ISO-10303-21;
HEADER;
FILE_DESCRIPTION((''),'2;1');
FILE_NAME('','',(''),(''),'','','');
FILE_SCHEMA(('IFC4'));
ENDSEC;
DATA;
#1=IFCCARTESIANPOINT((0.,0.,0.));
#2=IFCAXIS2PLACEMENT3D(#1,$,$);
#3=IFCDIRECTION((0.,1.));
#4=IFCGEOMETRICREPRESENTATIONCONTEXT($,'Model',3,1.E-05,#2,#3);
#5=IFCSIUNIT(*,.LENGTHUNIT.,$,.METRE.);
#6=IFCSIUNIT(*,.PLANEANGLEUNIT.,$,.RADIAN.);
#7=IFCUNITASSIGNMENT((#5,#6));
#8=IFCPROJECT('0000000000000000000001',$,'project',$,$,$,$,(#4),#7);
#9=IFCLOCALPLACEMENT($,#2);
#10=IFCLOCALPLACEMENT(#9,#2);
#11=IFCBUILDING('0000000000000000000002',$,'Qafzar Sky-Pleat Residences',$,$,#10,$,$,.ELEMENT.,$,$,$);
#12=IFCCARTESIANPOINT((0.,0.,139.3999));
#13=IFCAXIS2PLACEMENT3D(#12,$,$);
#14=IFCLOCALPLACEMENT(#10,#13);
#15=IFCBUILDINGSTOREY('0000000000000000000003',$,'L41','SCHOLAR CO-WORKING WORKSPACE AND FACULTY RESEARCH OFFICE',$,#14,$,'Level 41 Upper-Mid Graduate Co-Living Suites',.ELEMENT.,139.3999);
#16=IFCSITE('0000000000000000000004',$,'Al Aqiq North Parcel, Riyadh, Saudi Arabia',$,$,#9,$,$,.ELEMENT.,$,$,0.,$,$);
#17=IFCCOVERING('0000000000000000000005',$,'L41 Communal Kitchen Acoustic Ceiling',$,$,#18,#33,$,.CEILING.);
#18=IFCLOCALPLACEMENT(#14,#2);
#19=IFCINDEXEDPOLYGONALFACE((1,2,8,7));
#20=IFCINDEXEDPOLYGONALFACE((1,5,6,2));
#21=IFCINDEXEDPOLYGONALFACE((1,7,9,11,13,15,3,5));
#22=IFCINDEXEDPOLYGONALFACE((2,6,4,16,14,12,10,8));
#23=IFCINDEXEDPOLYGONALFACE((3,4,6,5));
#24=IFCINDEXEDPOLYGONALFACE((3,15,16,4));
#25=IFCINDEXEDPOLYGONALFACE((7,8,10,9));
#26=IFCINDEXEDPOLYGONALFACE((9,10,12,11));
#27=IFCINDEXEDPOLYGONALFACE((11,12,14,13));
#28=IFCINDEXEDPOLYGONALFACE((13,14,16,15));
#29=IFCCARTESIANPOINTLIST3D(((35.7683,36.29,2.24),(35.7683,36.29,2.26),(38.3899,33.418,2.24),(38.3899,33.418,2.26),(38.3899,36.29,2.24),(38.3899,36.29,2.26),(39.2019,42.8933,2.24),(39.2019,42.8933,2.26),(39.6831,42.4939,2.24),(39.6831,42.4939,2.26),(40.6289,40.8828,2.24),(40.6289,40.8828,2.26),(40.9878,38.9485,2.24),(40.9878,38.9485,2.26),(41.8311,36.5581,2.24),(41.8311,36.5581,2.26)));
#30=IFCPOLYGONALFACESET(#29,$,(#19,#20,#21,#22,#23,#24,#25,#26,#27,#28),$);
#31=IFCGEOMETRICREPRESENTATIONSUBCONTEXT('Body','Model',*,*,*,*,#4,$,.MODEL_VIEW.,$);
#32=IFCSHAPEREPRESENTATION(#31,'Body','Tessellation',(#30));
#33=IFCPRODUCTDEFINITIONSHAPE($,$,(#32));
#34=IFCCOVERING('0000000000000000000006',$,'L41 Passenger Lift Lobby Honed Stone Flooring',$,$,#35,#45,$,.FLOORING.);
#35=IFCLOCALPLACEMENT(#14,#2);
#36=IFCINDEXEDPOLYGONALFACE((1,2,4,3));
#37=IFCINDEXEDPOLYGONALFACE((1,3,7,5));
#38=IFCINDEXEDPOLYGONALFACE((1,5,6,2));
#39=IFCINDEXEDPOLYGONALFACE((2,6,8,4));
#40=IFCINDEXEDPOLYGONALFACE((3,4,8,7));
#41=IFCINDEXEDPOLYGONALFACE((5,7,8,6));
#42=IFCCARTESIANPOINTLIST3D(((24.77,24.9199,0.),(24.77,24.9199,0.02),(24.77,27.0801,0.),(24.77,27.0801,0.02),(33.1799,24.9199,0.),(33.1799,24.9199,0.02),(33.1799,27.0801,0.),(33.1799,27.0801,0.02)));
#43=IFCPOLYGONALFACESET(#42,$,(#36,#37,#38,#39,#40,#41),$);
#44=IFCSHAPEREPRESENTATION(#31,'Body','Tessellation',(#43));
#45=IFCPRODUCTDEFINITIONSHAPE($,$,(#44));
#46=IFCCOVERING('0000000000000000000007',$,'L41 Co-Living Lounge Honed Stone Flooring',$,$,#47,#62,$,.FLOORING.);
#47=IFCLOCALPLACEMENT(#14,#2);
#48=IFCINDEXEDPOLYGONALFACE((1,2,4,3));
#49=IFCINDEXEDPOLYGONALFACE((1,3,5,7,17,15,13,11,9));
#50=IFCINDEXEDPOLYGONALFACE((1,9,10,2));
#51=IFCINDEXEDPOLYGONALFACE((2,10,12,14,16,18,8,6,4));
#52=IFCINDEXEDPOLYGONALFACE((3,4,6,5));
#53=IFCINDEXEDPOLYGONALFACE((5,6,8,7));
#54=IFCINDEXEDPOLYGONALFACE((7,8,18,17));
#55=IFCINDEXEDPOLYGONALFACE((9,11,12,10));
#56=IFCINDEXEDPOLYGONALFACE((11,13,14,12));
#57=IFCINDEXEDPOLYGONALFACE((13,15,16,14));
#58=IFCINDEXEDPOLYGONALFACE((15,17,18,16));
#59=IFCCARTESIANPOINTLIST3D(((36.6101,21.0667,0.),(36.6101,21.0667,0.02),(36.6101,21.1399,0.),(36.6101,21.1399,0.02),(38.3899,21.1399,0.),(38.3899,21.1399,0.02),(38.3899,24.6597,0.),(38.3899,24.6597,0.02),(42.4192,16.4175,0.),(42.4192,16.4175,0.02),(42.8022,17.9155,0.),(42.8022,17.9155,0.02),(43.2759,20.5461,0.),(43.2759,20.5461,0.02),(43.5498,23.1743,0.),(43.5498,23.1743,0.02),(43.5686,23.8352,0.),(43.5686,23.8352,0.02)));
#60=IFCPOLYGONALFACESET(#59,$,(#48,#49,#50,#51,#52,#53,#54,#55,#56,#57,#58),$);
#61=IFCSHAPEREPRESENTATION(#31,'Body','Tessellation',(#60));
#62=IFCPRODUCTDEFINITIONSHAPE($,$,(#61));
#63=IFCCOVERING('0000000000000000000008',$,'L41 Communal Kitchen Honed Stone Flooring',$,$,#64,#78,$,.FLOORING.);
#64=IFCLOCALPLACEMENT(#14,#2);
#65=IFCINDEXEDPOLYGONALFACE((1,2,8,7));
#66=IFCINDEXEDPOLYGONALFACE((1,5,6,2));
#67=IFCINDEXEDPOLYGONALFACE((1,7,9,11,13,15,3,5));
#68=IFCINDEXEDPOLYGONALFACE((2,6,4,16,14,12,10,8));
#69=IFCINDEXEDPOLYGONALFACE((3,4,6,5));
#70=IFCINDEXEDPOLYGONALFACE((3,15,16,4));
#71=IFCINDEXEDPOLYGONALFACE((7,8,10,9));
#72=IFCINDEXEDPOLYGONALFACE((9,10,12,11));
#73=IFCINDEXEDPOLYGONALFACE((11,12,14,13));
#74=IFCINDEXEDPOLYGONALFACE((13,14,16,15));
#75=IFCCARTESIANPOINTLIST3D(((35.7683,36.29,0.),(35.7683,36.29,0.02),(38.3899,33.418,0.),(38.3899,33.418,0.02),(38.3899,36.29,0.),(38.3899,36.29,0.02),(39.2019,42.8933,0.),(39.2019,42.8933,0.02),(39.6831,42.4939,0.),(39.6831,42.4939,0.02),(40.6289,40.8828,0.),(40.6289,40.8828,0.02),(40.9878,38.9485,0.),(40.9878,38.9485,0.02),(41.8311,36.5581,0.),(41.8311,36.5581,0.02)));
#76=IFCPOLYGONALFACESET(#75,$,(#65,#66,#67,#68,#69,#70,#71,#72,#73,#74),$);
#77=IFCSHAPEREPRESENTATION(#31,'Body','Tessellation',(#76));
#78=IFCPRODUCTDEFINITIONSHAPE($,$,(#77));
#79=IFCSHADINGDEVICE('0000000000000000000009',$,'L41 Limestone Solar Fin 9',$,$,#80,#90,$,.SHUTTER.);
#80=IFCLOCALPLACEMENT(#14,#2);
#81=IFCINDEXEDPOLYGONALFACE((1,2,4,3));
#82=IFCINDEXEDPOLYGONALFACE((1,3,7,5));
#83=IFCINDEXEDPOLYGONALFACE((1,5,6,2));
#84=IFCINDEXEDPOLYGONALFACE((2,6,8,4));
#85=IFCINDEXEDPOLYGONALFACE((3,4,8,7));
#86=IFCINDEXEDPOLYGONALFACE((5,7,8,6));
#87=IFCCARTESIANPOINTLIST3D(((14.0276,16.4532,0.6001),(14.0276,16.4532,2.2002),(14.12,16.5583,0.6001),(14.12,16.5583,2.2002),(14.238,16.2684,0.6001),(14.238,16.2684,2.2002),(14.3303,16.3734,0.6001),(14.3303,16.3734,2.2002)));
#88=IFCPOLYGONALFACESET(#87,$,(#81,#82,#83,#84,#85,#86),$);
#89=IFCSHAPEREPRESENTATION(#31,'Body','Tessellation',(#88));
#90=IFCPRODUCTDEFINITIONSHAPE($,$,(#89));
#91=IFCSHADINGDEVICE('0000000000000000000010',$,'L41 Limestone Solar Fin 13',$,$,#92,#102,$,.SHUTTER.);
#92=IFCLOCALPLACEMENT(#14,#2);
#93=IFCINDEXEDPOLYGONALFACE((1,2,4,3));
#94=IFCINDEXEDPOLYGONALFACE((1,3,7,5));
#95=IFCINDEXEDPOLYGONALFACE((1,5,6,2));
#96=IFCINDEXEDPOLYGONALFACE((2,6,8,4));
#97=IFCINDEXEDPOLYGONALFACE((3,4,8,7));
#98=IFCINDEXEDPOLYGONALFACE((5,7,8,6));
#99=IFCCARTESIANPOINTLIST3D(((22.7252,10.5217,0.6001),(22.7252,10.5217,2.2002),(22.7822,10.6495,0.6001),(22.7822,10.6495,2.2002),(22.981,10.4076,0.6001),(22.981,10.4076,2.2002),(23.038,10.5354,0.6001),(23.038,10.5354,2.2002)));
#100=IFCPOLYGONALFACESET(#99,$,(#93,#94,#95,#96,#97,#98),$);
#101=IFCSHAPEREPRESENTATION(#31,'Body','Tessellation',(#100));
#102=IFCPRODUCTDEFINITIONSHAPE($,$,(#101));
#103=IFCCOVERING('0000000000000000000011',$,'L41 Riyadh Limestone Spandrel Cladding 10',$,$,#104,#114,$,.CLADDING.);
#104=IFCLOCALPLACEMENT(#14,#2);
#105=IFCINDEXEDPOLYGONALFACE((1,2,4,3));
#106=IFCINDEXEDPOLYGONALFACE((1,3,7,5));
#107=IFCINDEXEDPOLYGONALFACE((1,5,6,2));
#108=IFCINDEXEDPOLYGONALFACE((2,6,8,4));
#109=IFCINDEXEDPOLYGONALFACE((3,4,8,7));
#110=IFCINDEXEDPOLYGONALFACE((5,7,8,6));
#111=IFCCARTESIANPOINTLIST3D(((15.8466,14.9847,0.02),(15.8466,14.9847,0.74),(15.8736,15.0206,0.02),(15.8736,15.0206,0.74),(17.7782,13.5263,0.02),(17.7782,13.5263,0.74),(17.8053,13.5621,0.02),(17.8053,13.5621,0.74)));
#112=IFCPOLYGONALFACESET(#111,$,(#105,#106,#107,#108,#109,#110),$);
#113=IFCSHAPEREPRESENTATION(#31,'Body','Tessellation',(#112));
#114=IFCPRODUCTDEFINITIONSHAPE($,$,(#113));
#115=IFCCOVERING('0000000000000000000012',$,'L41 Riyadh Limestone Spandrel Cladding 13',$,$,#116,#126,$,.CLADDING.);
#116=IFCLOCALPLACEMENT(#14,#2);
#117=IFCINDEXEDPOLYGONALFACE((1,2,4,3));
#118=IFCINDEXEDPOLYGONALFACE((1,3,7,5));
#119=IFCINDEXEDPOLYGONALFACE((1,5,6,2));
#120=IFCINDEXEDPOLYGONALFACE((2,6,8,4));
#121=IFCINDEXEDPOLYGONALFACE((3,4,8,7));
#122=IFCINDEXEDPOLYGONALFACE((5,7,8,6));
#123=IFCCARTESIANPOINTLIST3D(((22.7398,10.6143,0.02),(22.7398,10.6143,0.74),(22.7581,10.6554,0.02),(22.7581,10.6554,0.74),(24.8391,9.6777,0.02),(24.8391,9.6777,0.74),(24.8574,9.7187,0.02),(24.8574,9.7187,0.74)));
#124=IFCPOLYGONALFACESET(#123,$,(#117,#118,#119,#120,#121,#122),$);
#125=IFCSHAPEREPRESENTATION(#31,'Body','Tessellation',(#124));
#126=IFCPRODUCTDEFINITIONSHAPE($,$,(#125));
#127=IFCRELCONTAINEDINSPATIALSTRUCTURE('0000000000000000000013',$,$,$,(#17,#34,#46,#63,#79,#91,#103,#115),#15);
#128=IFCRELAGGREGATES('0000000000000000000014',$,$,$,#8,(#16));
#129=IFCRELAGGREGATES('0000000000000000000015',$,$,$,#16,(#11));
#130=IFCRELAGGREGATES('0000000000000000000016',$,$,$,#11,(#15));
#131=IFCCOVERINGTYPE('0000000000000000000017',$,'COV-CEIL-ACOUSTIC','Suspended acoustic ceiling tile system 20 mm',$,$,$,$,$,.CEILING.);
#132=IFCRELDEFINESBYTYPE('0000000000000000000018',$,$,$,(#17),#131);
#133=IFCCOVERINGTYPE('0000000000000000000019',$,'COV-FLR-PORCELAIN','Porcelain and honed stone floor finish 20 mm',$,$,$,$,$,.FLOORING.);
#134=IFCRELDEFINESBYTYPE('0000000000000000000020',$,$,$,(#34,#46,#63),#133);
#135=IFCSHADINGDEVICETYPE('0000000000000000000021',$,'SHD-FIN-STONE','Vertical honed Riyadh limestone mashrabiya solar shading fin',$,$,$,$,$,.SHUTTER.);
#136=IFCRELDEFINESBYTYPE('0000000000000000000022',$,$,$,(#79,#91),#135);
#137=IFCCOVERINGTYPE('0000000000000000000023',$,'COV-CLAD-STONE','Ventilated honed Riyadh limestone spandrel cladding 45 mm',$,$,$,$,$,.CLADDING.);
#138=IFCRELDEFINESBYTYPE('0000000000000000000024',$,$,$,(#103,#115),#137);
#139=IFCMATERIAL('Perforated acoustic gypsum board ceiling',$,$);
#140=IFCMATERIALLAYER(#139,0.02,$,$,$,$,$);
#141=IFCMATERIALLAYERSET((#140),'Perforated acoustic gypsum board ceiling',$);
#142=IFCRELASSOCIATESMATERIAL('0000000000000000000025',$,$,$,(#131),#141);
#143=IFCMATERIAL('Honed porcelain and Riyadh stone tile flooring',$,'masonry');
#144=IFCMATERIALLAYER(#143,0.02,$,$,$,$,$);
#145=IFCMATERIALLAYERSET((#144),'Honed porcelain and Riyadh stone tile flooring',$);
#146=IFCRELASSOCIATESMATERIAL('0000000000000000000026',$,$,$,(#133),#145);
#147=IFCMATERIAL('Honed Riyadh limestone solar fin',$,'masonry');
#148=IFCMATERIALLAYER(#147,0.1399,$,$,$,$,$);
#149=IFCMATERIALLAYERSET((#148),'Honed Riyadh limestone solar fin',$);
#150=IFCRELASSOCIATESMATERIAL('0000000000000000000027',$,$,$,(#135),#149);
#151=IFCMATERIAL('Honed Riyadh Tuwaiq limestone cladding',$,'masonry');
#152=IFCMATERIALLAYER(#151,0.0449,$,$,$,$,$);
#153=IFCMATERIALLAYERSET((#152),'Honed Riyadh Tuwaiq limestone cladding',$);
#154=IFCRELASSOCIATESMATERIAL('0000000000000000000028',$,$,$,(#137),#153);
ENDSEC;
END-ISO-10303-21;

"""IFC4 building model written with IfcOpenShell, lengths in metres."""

from ifc_helpers import new_model, si_unit, direction, frame, origin, origin_2d, place, context, subcontext, project, spatial, polyline, rectangle, outline, extrude, source, transform, mapped, material, layer, layer_set, type_object, element, save


model = new_model("IFC4")

# Units and contexts
model_context = context("Model", 3, precision=1e-05, world=origin(), true_north=direction((0.0, 1.0)))
body_context = subcontext(model_context, "Body", "Model", "MODEL_VIEW")
ifc_project = project(units=[si_unit("LENGTHUNIT", "METRE"), si_unit("PLANEANGLEUNIT", "RADIAN")], contexts=[model_context])

# Site, building, storey
site_placement = place(None, origin())
site = spatial("IfcSite", under=ifc_project, at=site_placement, Name="Al Aqiq North Parcel, Riyadh, Saudi Arabia", CompositionType="ELEMENT", RefElevation=0.0)
building_placement = place(site_placement, origin())
building = spatial("IfcBuilding", under=site, at=building_placement, Name="Qafzar Sky-Pleat Residences", CompositionType="ELEMENT")
storey_placement = place(building_placement, frame((0.0, 0.0, 139.3999)))
storey = spatial("IfcBuildingStorey", under=building, at=storey_placement, Name="L41", Description="SCHOLAR CO-WORKING WORKSPACE AND FACULTY RESEARCH OFFICE", LongName="Level 41 Upper-Mid Graduate Co-Living Suites", CompositionType="ELEMENT", Elevation=139.3999)

# Coverings
ifc_material_1 = material(Name="Perforated acoustic gypsum board ceiling")
ifc_layer_1 = layer(ifc_material_1, 0.02)
ifc_layer_set_1 = layer_set([ifc_layer_1], Name="Perforated acoustic gypsum board ceiling")
covering_type_1 = type_object("IfcCoveringType", Name="COV-CEIL-ACOUSTIC", Description="Suspended acoustic ceiling tile system 20 mm", PredefinedType="CEILING", material=ifc_layer_set_1)
covering_1_placement = place(storey_placement, frame((0.0, 0.0, 2.24)))
element("IfcCovering", 1, at=covering_1_placement, inside=storey, type_object=covering_type_1, Name="L41 Communal Kitchen Acoustic Ceiling", PredefinedType="CEILING", context=body_context, shape_type="SweptSolid", body=[
    extrude(outline(polyline([(39.6831, 42.4939), (40.6289, 40.8828), (40.9878, 38.9485), (41.8311, 36.5581), (38.3899, 33.418), (38.3899, 36.29), (35.7683, 36.29), (39.2019, 42.8933), (39.6831, 42.4939)])), origin(), (0.0, 0.0, 1.0), 0.02),
])
ifc_material_2 = material(Name="Honed porcelain and Riyadh stone tile flooring", Category="masonry")
ifc_layer_2 = layer(ifc_material_2, 0.02)
ifc_layer_set_2 = layer_set([ifc_layer_2], Name="Honed porcelain and Riyadh stone tile flooring")
covering_type_2 = type_object("IfcCoveringType", Name="COV-FLR-PORCELAIN", Description="Porcelain and honed stone floor finish 20 mm", PredefinedType="FLOORING", material=ifc_layer_set_2)
covering_2_placement = place(storey_placement, origin())
element("IfcCovering", 2, at=covering_2_placement, inside=storey, type_object=covering_type_2, Name="L41 Passenger Lift Lobby Honed Stone Flooring", PredefinedType="FLOORING", context=body_context, shape_type="SweptSolid", body=[
    extrude(outline(polyline([(33.1799, 24.9199), (24.77, 24.9199), (24.77, 27.0801), (33.1799, 27.0801), (33.1799, 24.9199)])), origin(), (0.0, 0.0, 1.0), 0.02),
])
covering_3_placement = place(storey_placement, origin())
element("IfcCovering", 3, at=covering_3_placement, inside=storey, type_object=covering_type_2, Name="L41 Co-Living Lounge Honed Stone Flooring", PredefinedType="FLOORING", context=body_context, shape_type="SweptSolid", body=[
    extrude(outline(polyline([(43.5498, 23.1743), (43.2759, 20.5461), (42.8022, 17.9155), (42.4192, 16.4175), (36.6101, 21.0667), (36.6101, 21.1399), (38.3899, 21.1399), (38.3899, 24.6597), (43.5686, 23.8352), (43.5498, 23.1743)])), origin(), (0.0, 0.0, 1.0), 0.02),
])
covering_4_placement = place(storey_placement, origin())
element("IfcCovering", 4, at=covering_4_placement, inside=storey, type_object=covering_type_2, Name="L41 Communal Kitchen Honed Stone Flooring", PredefinedType="FLOORING", context=body_context, shape_type="SweptSolid", body=[
    extrude(outline(polyline([(39.6831, 42.4939), (40.6289, 40.8828), (40.9878, 38.9485), (41.8311, 36.5581), (38.3899, 33.418), (38.3899, 36.29), (35.7683, 36.29), (39.2019, 42.8933), (39.6831, 42.4939)])), origin(), (0.0, 0.0, 1.0), 0.02),
])

# Shading devices
ifc_material_3 = material(Name="Honed Riyadh limestone solar fin", Category="masonry")
ifc_layer_3 = layer(ifc_material_3, 0.1399)
ifc_layer_set_3 = layer_set([ifc_layer_3], Name="Honed Riyadh limestone solar fin")
shading_device_type = type_object("IfcShadingDeviceType", Name="SHD-FIN-STONE", Description="Vertical honed Riyadh limestone mashrabiya solar shading fin", PredefinedType="SHUTTER", material=ifc_layer_set_3)
shared_shape_1 = source(origin(), body_context, "Body", "SweptSolid", [
    extrude(rectangle(XDim=0.1399, YDim=0.28, at=origin_2d()), origin(), (0.0, 0.0, 1.0), 1.6001),
])
for number, where, z_axis, x_axis, name in (
    (5, (14.179, 16.4133, 0.6001), (0.0, 0.0, 1.0), (-0.660133, -0.751149, 0.0), "L41 Limestone Solar Fin 9"),
    (6, (22.8816, 10.5286, 0.6001), (0.0, 0.0, 1.0), (-0.407475, -0.913216, 0.0), "L41 Limestone Solar Fin 13"),
):
    element("IfcShadingDevice", number, at=place(storey_placement, frame(where, z_axis=z_axis, x_axis=x_axis)), inside=storey, type_object=shading_device_type, Name=name, PredefinedType="SHUTTER", context=body_context, shape_type="MappedRepresentation", body=[
        mapped(shared_shape_1, transform((0.0, 0.0, 0.0), x_axis=(1.0, 0.0, 0.0), y_axis=(0.0, 1.0, 0.0), z_axis=(0.0, 0.0, 1.0), scale=1.0)),
    ])

# Coverings
ifc_material_4 = material(Name="Honed Riyadh Tuwaiq limestone cladding", Category="masonry")
ifc_layer_4 = layer(ifc_material_4, 0.0449)
ifc_layer_set_4 = layer_set([ifc_layer_4], Name="Honed Riyadh Tuwaiq limestone cladding")
covering_type_3 = type_object("IfcCoveringType", Name="COV-CLAD-STONE", Description="Ventilated honed Riyadh limestone spandrel cladding 45 mm", PredefinedType="CLADDING", material=ifc_layer_set_4)
shared_shape_2 = source(origin(), body_context, "Body", "SweptSolid", [
    extrude(rectangle(XDim=2.4204, YDim=0.0449, at=origin_2d()), origin(), (0.0, 0.0, 1.0), 0.72),
])
covering_5_placement = place(storey_placement, frame((16.8259, 14.2734, 0.02), z_axis=(0.0, 0.0, 1.0), x_axis=(0.798068, -0.602567, 0.0)))
element("IfcCovering", 7, at=covering_5_placement, inside=storey, type_object=covering_type_3, Name="L41 Riyadh Limestone Spandrel Cladding 10", PredefinedType="CLADDING", context=body_context, shape_type="MappedRepresentation", body=[
    mapped(shared_shape_2, transform((0.0, 0.0, 0.0), x_axis=(1.0, 0.0, 0.0), y_axis=(0.0, 1.0, 0.0), z_axis=(0.0, 0.0, 1.0), scale=1.0)),
])
shared_shape_3 = source(origin(), body_context, "Body", "SweptSolid", [
    extrude(rectangle(XDim=2.2988, YDim=0.0449, at=origin_2d()), origin(), (0.0, 0.0, 1.0), 0.72),
])
covering_6_placement = place(storey_placement, frame((23.7986, 10.1665, 0.02), z_axis=(0.0, 0.0, 1.0), x_axis=(0.913223, -0.40746, 0.0)))
element("IfcCovering", 8, at=covering_6_placement, inside=storey, type_object=covering_type_3, Name="L41 Riyadh Limestone Spandrel Cladding 13", PredefinedType="CLADDING", context=body_context, shape_type="MappedRepresentation", body=[
    mapped(shared_shape_3, transform((0.0, 0.0, 0.0), x_axis=(1.0, 0.0, 0.0), y_axis=(0.0, 1.0, 0.0), z_axis=(0.0, 0.0, 1.0), scale=1.0)),
])

save(model, "model.ifc")
